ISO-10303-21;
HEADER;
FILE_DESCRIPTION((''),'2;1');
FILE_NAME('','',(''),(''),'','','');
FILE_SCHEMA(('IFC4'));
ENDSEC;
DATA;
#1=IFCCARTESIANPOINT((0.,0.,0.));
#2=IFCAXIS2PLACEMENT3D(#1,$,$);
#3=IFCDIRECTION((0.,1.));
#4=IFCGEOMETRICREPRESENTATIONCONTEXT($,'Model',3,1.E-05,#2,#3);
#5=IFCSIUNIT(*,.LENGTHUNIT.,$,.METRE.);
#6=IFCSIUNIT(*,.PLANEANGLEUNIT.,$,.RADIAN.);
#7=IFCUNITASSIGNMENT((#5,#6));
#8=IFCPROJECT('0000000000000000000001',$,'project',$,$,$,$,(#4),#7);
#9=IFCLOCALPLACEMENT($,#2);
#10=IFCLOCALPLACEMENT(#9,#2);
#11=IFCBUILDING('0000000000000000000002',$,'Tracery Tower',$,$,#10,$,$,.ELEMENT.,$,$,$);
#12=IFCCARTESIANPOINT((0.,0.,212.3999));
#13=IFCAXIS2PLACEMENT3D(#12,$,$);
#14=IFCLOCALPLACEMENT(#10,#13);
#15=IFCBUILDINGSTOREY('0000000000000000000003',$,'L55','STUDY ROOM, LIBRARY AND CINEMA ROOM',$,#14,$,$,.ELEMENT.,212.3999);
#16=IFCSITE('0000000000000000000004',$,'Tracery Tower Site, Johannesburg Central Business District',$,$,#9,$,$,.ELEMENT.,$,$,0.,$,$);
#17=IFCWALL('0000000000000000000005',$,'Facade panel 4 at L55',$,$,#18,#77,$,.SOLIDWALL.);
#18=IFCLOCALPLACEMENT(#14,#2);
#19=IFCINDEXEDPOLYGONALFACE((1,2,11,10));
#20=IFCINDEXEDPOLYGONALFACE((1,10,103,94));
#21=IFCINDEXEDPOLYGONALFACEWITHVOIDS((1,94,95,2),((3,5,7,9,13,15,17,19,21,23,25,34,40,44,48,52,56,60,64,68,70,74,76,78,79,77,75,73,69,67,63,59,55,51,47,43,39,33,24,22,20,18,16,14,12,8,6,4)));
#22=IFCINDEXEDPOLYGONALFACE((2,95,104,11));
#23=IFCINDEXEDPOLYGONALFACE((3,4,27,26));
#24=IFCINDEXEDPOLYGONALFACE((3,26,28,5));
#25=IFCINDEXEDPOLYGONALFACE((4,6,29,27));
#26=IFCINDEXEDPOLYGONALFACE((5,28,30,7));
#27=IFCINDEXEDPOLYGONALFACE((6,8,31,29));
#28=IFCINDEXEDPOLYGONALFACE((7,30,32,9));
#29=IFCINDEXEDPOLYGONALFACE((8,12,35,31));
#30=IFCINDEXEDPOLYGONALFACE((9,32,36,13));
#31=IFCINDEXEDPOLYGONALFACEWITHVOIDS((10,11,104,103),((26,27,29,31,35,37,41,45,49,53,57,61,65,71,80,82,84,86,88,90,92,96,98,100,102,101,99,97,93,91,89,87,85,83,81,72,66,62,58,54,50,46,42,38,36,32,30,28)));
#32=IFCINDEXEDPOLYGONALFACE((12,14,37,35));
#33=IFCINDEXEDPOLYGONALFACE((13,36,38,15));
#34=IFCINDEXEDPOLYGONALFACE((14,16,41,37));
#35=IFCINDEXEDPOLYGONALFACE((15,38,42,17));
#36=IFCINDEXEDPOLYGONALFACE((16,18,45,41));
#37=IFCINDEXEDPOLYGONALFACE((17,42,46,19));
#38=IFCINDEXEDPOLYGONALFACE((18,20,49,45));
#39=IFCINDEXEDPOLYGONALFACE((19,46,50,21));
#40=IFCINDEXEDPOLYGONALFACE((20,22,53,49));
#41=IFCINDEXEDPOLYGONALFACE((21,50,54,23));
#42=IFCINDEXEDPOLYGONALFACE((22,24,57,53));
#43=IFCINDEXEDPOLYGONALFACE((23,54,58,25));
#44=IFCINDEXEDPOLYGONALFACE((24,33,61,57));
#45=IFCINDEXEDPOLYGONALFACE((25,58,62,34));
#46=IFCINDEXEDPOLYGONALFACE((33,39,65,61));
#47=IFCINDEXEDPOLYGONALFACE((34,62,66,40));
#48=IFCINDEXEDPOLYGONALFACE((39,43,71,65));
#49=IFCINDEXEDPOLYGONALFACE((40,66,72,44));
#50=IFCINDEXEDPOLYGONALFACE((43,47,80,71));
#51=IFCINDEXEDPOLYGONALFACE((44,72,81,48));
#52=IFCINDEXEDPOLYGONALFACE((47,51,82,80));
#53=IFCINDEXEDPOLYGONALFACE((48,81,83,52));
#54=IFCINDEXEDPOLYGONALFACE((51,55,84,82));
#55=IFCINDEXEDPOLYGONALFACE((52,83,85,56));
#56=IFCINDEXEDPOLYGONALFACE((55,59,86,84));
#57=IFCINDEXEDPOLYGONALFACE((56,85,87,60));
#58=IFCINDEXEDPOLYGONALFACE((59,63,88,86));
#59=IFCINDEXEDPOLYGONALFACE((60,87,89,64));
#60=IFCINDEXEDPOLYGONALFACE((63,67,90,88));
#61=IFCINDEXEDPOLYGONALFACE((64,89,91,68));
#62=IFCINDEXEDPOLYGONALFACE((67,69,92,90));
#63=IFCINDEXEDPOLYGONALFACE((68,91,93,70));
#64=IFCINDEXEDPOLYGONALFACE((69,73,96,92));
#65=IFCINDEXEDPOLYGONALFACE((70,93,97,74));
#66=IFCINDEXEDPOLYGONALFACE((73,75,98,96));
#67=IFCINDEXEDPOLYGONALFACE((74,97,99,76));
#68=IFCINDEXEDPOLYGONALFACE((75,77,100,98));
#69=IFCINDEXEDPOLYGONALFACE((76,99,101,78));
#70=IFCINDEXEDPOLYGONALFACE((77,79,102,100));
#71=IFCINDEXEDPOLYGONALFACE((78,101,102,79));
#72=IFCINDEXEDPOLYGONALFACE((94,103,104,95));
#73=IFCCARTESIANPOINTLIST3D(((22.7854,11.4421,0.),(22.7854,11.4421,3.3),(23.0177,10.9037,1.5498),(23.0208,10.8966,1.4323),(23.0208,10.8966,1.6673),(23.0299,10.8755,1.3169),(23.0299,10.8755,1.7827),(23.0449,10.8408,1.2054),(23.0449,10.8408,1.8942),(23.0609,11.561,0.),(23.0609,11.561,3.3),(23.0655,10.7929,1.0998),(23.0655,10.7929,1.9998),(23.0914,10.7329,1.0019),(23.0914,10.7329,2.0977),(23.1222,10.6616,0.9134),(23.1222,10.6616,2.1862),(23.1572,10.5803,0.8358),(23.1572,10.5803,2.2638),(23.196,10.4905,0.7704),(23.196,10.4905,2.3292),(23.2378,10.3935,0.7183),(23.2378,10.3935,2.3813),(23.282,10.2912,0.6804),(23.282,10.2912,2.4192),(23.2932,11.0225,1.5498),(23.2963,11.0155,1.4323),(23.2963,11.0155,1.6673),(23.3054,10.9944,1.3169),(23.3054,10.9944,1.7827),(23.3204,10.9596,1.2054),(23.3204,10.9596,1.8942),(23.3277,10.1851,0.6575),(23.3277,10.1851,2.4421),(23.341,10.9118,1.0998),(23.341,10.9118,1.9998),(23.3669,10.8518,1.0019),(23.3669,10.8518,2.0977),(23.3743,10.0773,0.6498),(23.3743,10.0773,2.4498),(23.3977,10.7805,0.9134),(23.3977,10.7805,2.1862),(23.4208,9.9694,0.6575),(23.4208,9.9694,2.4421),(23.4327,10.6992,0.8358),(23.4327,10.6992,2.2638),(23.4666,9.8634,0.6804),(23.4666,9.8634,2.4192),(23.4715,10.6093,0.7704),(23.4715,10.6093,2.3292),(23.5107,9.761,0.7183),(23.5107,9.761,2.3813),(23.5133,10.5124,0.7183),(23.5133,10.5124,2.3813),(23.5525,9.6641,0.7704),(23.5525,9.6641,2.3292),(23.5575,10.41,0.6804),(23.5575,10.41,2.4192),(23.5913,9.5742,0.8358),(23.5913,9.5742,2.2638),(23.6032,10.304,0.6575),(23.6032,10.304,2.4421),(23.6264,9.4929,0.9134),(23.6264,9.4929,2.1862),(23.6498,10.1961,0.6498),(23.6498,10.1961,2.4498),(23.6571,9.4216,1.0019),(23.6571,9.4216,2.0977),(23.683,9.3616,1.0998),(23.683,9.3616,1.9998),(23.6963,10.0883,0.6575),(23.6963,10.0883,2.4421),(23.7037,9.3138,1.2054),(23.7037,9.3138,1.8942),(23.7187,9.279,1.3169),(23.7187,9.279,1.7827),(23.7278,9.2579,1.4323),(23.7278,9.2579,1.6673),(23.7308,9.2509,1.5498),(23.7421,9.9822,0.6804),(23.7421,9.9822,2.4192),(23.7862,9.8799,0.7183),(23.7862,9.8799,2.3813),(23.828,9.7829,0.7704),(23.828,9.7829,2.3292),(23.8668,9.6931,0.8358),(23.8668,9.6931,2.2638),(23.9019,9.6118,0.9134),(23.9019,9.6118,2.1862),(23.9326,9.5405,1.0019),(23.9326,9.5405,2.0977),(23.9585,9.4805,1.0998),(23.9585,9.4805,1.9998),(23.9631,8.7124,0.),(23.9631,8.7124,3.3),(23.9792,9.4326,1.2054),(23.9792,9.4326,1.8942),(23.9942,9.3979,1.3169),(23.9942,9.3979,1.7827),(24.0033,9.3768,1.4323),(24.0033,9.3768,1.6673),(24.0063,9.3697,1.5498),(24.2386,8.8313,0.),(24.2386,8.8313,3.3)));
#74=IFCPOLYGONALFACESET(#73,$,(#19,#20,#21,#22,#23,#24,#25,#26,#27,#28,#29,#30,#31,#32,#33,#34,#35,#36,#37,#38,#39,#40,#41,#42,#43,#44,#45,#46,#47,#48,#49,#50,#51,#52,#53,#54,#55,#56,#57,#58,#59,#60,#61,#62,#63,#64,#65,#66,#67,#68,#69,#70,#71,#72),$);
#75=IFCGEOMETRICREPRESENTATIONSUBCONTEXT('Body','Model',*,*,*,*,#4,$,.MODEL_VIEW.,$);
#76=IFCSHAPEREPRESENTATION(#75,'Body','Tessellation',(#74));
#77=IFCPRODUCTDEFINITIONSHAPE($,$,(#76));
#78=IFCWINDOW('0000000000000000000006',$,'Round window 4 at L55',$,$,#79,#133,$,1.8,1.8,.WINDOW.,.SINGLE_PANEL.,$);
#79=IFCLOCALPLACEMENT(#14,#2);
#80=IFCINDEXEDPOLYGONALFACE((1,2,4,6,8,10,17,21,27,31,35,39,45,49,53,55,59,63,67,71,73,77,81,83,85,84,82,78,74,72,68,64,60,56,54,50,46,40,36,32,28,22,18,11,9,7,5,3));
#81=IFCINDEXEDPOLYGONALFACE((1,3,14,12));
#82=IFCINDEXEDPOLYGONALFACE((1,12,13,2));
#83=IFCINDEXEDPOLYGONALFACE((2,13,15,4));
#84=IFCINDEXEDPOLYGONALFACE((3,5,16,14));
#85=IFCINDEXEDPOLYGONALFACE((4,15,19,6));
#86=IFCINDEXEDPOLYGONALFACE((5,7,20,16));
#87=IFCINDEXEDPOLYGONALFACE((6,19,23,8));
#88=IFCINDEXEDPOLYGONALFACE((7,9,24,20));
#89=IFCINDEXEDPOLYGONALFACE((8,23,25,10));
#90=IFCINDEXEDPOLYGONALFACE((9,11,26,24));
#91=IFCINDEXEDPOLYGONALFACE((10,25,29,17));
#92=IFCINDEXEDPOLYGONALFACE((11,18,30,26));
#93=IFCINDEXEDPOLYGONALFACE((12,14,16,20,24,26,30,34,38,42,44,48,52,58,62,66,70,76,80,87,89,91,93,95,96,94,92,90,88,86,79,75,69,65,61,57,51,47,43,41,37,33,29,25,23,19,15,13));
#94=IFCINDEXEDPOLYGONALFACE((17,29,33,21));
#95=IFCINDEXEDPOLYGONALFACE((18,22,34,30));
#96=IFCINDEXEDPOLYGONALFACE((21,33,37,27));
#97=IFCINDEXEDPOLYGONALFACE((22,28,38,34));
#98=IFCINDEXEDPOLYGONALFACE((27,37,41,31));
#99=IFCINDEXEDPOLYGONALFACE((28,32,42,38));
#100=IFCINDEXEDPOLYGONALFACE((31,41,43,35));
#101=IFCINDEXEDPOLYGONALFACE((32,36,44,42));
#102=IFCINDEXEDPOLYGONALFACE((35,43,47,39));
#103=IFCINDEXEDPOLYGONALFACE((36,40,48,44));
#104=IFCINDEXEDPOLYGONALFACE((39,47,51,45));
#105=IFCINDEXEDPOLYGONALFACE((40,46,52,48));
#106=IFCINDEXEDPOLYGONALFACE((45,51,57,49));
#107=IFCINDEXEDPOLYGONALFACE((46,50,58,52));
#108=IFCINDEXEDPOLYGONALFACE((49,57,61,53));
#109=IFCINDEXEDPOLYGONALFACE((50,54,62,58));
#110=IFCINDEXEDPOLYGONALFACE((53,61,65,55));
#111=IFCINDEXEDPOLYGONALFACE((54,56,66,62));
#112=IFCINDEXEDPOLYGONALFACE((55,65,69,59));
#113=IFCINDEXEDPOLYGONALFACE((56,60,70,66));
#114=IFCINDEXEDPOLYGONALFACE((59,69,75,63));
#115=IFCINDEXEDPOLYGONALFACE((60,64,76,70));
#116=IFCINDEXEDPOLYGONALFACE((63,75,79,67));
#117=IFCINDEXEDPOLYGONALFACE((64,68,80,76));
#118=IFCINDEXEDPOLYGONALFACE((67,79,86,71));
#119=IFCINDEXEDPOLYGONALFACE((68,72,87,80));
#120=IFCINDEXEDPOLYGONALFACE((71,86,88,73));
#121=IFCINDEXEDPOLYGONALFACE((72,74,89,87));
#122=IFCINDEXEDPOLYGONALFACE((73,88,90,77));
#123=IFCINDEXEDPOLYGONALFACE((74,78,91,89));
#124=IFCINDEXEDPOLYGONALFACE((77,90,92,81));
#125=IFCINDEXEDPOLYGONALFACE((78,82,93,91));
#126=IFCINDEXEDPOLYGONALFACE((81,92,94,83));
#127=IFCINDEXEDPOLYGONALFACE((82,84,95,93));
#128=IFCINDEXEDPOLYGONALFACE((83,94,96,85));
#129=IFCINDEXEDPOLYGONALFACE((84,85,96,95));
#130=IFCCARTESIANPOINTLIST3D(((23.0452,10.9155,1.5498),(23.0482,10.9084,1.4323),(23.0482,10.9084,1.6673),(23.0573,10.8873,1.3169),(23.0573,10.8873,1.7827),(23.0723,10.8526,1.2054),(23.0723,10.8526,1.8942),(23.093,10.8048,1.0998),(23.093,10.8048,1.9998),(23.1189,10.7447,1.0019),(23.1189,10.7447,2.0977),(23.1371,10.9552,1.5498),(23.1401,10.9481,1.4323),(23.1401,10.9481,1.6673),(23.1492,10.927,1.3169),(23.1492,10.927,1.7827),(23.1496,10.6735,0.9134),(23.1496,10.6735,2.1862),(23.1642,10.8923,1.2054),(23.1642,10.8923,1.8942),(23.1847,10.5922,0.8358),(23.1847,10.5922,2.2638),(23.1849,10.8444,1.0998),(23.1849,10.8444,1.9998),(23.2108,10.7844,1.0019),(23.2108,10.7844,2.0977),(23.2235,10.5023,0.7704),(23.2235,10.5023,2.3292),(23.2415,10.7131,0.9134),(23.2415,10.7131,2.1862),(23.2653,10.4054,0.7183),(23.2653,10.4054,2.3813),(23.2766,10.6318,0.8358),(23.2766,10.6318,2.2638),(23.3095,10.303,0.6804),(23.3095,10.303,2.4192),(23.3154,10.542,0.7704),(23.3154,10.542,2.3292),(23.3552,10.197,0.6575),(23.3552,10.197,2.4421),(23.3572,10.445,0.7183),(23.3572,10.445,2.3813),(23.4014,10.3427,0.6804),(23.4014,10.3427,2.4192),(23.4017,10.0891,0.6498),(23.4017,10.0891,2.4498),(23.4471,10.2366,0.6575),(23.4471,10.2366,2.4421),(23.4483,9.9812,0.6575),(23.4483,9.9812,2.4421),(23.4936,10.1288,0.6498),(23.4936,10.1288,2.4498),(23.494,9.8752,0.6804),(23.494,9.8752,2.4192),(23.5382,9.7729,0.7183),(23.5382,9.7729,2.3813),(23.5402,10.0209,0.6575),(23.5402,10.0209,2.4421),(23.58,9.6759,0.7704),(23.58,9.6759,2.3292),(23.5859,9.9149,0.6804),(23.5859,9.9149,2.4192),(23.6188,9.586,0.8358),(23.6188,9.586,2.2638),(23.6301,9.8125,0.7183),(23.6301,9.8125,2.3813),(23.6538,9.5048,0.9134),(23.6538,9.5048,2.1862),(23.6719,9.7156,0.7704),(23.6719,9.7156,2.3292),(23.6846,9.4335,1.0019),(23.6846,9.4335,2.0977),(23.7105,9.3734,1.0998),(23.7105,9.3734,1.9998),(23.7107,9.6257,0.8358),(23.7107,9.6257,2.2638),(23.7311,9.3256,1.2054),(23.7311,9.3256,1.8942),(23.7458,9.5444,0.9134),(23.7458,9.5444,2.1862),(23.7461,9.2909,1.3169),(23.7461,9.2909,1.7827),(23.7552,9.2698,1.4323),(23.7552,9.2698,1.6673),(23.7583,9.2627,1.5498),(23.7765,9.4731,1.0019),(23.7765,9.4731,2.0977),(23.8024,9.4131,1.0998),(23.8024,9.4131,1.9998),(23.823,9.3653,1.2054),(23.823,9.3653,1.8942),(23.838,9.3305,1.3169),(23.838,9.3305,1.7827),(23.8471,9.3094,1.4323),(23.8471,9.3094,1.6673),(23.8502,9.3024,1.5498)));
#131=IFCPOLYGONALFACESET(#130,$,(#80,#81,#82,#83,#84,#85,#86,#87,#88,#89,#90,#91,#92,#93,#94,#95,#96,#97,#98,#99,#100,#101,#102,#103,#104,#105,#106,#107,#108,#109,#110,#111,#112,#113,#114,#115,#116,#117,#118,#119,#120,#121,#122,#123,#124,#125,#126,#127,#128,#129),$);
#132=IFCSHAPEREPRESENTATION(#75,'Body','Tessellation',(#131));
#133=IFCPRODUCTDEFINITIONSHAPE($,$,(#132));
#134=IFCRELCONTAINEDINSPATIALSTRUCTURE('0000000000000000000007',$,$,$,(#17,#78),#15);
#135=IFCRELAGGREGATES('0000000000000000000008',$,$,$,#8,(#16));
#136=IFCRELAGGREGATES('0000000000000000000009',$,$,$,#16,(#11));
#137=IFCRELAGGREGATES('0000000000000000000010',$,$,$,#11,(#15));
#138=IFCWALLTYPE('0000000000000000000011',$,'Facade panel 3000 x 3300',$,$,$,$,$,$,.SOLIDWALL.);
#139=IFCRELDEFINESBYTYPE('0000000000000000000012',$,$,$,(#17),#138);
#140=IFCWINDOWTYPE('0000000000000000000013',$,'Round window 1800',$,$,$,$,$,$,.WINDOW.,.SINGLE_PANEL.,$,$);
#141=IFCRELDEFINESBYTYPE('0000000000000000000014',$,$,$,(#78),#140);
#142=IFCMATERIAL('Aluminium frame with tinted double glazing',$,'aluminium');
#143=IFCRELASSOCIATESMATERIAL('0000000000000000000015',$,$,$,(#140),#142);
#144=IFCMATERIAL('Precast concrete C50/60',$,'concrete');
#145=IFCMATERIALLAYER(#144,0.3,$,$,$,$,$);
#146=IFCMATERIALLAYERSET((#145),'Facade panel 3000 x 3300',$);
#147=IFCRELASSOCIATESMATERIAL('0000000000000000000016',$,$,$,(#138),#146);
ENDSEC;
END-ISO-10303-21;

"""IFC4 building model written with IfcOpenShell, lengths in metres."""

from ifc_helpers import new_model, si_unit, direction, frame, frame_2d, origin, origin_2d, place, context, subcontext, project, spatial, rectangle, circle, extrude, material, layer, layer_set, type_object, element, fill, save


model = new_model("IFC4")

# Units and contexts
model_context = context("Model", 3, precision=1e-05, world=origin(), true_north=direction((0.0, 1.0)))
body_context = subcontext(model_context, "Body", "Model", "MODEL_VIEW")
ifc_project = project(units=[si_unit("LENGTHUNIT", "METRE"), si_unit("PLANEANGLEUNIT", "RADIAN")], contexts=[model_context])

# Site, building, storey
site_placement = place(None, origin())
site = spatial("IfcSite", under=ifc_project, at=site_placement, Name="Tracery Tower Site, Johannesburg Central Business District", CompositionType="ELEMENT", RefElevation=0.0)
building_placement = place(site_placement, origin())
building = spatial("IfcBuilding", under=site, at=building_placement, Name="Tracery Tower", CompositionType="ELEMENT")
storey_placement = place(building_placement, frame((0.0, 0.0, 212.3999)))
storey = spatial("IfcBuildingStorey", under=building, at=storey_placement, Name="L55", Description="STUDY ROOM, LIBRARY AND CINEMA ROOM", CompositionType="ELEMENT", Elevation=212.3999)

# Wall, opening, window
ifc_material_1 = material(Name="Aluminium frame with tinted double glazing", Category="aluminium")
window_type = type_object("IfcWindowType", Name="Round window 1800", PartitioningType="SINGLE_PANEL", PredefinedType="WINDOW", material=ifc_material_1)
ifc_material_2 = material(Name="Precast concrete C50/60", Category="concrete")
ifc_layer_1 = layer(ifc_material_2, 0.3)
ifc_layer_set_1 = layer_set([ifc_layer_1], Name="Facade panel 3000 x 3300")
wall_type_1 = type_object("IfcWallType", Name="Facade panel 3000 x 3300", PredefinedType="SOLIDWALL", material=ifc_layer_set_1)
wall_1_placement = place(storey_placement, frame((24.1008, 8.772, 0.0), z_axis=(0.0, 0.0, 1.0), x_axis=(-0.396148, 0.918187, 0.0)))
wall_1 = element("IfcWall", 1, at=wall_1_placement, inside=storey, type_object=wall_type_1, Name="Facade panel 4 at L55", PredefinedType="SOLIDWALL", context=body_context, shape_type="SweptSolid", body=[
    extrude(rectangle(XDim=2.9729, YDim=0.3, at=frame_2d((1.4863, 0.0))), origin(), (0.0, 0.0, 1.0), 3.3),
])
opening_1_placement = place(wall_1_placement, frame((1.4863, 0.0, 1.5498)))
opening_1 = element("IfcOpeningElement", 2, at=opening_1_placement, cuts=wall_1, PredefinedType="OPENING", context=body_context, shape_type="SweptSolid", body=[
    extrude(circle(Radius=0.9, at=origin_2d()), frame((0.0, 0.1599, 0.0), z_axis=(0.0, -1.0, 0.0), x_axis=(1.0, 0.0, 0.0)), (0.0, 0.0, 1.0), 0.3201),
])
window_1_placement = place(opening_1_placement, origin())
window_1 = element("IfcWindow", 3, at=window_1_placement, inside=storey, type_object=window_type, Name="Round window 4 at L55", OverallHeight=1.8, OverallWidth=1.8, PartitioningType="SINGLE_PANEL", PredefinedType="WINDOW", context=body_context, shape_type="SweptSolid", body=[
    extrude(circle(Radius=0.9, at=origin_2d()), frame((0.0, 0.1201, 0.0), z_axis=(0.0, -1.0, 0.0), x_axis=(1.0, 0.0, 0.0)), (0.0, 0.0, 1.0), 0.1001),
])
fill(opening_1, window_1)

save(model, "model.ifc")
